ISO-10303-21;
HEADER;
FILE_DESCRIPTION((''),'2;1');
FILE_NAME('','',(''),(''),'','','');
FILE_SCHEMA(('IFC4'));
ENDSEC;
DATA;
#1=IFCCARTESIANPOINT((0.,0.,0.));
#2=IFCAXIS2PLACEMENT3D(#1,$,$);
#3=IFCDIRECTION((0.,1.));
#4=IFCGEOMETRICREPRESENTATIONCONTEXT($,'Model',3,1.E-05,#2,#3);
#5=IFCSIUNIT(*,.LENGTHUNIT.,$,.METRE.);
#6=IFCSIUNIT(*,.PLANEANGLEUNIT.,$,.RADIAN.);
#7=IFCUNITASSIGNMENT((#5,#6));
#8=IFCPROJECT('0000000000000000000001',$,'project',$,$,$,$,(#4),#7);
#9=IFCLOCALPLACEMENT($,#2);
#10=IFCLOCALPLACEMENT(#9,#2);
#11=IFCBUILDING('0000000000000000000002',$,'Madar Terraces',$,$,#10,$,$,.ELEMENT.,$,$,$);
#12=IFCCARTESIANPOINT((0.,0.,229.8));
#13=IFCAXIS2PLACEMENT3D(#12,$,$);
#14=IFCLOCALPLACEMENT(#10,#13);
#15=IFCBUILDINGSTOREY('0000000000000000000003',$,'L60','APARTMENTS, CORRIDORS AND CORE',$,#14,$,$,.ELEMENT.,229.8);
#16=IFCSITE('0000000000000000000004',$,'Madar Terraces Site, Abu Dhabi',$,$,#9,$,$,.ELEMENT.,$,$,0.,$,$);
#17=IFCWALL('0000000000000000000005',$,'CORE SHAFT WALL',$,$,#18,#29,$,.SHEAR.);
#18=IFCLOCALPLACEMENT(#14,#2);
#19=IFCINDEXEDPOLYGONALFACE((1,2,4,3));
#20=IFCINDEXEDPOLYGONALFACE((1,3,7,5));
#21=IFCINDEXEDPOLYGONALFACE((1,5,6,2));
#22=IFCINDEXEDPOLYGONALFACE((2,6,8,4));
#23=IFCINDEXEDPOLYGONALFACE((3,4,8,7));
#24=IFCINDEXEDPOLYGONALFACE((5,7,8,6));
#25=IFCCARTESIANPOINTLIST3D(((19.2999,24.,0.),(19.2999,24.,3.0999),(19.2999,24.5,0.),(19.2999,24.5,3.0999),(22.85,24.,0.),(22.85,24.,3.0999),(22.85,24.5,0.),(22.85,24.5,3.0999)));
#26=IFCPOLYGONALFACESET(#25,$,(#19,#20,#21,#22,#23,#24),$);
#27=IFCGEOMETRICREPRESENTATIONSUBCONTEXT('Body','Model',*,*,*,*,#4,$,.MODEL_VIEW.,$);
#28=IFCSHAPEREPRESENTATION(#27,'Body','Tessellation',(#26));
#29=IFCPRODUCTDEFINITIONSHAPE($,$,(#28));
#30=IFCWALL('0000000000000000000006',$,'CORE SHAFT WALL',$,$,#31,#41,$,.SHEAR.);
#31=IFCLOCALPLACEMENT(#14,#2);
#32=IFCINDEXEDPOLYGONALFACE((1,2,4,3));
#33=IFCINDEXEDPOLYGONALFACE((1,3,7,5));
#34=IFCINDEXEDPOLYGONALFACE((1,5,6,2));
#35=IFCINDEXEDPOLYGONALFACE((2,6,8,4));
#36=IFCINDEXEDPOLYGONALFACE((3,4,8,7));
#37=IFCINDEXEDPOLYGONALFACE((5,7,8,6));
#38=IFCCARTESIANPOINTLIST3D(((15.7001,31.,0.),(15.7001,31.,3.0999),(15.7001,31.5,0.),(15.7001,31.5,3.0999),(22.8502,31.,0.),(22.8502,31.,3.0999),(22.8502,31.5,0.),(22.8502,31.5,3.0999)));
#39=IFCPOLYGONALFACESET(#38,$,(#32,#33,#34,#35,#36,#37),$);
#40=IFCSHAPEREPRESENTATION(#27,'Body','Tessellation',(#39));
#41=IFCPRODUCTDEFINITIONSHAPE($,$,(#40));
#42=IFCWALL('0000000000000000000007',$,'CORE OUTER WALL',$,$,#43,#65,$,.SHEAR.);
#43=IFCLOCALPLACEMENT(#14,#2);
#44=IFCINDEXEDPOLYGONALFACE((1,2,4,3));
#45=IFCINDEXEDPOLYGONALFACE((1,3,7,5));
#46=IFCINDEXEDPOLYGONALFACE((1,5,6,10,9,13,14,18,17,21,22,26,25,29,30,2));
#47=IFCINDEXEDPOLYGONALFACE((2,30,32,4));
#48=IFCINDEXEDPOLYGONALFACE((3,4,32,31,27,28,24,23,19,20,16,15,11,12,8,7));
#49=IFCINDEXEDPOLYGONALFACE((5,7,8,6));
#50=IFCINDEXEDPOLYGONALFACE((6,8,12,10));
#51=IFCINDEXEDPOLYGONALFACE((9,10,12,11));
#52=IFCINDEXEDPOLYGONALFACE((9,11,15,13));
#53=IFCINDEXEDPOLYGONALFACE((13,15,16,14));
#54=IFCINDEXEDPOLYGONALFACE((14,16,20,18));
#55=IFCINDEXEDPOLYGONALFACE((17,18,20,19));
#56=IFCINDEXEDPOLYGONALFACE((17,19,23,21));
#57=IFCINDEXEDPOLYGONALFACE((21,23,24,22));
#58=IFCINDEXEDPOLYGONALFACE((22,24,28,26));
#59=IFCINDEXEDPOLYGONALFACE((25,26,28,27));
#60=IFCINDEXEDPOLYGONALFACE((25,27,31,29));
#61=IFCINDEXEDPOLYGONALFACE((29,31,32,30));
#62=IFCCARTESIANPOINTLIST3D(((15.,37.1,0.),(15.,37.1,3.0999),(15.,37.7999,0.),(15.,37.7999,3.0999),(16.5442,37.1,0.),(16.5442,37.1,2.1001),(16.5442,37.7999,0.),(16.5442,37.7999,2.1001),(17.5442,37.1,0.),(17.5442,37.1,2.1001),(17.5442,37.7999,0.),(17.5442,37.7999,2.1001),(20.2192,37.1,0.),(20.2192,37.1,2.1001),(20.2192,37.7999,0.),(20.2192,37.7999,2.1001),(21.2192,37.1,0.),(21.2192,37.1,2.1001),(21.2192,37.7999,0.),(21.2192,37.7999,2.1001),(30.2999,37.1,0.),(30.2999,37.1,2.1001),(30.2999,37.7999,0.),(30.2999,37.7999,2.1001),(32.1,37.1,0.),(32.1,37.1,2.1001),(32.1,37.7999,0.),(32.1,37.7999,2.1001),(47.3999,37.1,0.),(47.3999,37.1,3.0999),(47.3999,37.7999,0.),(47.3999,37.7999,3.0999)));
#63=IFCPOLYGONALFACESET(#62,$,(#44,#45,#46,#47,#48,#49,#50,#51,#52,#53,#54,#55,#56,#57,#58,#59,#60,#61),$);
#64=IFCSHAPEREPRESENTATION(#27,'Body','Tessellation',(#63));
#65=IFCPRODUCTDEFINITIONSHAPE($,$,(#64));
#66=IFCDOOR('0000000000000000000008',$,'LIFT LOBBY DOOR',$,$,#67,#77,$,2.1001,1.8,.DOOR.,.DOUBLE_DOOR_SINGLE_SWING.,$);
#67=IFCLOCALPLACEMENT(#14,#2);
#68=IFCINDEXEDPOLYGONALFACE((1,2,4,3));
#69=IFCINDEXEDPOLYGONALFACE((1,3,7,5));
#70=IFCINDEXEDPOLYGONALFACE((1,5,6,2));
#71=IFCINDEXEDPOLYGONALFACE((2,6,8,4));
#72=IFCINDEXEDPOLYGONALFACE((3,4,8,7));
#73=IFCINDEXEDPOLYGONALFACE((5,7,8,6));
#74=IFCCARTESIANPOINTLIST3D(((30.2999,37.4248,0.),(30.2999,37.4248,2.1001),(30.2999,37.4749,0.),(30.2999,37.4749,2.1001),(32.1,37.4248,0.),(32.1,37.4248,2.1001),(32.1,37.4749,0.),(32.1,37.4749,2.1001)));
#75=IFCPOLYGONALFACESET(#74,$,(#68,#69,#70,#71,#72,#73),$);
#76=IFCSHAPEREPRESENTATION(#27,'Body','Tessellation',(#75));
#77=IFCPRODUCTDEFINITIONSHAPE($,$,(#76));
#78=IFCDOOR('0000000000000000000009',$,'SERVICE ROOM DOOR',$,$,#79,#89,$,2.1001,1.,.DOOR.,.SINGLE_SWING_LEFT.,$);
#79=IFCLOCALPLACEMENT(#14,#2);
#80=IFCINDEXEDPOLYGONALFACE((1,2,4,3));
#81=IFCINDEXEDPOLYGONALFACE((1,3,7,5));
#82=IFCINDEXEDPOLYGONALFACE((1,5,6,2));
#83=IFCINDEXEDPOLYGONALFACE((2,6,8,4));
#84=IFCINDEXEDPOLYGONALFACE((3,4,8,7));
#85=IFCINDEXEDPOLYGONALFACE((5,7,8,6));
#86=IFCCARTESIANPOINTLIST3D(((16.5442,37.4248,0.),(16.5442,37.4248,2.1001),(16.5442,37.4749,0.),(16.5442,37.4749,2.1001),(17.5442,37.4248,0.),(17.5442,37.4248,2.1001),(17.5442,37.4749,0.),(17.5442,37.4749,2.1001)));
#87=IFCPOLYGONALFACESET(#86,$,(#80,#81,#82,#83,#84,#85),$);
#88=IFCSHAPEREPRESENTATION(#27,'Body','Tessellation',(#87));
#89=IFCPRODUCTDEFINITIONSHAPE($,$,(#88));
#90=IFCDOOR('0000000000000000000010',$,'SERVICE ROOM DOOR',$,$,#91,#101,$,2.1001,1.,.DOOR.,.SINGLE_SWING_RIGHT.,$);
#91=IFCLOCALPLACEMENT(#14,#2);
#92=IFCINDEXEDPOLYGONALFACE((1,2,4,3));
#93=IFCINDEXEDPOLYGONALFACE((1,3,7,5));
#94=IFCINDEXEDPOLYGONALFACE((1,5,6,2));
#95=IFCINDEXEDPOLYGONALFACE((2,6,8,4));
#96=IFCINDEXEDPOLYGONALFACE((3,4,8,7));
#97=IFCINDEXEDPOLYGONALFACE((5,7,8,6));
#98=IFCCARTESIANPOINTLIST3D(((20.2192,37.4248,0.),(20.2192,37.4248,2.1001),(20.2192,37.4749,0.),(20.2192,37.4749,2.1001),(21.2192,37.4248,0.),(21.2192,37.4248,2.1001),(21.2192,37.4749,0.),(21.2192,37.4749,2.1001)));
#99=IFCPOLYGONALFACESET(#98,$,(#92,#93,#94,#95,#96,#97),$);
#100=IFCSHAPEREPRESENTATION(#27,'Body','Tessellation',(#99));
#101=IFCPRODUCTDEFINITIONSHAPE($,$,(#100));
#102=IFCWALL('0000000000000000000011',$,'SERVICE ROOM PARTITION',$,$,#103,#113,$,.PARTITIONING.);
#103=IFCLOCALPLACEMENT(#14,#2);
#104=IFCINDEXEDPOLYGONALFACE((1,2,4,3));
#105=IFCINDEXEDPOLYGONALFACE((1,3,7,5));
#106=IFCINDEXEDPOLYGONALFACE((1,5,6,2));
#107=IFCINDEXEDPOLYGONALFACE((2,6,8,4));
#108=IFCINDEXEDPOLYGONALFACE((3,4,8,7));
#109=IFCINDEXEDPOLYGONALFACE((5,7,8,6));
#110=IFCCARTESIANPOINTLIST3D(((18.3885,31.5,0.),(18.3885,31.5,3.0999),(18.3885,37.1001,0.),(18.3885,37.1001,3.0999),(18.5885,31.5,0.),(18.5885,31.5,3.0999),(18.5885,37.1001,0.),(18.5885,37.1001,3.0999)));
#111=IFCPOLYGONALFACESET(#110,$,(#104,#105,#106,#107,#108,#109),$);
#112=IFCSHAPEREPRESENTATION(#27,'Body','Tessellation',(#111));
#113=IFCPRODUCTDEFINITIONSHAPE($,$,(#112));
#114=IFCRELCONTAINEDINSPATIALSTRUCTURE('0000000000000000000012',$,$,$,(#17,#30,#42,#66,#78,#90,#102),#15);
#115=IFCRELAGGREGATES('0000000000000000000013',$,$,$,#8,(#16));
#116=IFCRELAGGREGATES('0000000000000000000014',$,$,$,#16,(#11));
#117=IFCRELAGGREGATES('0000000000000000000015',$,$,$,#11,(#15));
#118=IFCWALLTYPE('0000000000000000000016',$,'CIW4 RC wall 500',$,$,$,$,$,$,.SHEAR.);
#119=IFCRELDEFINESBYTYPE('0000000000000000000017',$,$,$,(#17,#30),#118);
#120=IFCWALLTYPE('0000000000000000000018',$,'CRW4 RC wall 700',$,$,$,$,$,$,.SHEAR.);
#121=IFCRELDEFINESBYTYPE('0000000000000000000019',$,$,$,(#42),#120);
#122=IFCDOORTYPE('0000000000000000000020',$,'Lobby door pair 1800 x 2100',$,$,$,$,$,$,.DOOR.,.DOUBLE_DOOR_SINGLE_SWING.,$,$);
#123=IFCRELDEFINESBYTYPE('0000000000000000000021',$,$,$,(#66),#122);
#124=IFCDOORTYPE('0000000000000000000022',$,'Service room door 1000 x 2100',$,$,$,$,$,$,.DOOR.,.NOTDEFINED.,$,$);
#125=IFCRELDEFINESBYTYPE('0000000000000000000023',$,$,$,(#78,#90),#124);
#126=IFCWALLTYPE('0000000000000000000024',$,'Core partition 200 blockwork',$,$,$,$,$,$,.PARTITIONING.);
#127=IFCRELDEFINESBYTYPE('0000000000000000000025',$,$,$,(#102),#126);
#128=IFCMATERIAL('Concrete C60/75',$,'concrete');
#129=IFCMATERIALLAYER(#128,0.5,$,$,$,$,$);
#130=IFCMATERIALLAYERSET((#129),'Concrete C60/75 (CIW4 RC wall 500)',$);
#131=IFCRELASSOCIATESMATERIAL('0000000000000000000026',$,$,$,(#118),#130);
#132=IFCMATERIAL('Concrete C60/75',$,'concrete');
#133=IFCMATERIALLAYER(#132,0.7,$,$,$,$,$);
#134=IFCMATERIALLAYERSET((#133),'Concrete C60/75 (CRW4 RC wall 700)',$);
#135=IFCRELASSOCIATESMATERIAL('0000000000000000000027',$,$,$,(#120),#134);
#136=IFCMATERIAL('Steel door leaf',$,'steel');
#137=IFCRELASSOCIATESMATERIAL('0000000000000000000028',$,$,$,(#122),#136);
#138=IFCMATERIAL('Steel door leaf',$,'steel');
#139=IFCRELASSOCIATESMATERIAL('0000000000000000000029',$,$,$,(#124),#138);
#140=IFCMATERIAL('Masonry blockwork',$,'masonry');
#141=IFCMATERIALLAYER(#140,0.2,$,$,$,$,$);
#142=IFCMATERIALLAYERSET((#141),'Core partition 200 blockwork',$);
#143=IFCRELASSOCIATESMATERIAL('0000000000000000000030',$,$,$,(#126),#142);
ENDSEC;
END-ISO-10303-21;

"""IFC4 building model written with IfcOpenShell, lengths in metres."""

from ifc_helpers import new_model, si_unit, direction, frame, frame_2d, origin, place, context, subcontext, project, spatial, rectangle, extrude, material, layer, layer_set, type_object, element, fill, save


model = new_model("IFC4")

# Units and contexts
model_context = context("Model", 3, precision=1e-05, world=origin(), true_north=direction((0.0, 1.0)))
body_context = subcontext(model_context, "Body", "Model", "MODEL_VIEW")
ifc_project = project(units=[si_unit("LENGTHUNIT", "METRE"), si_unit("PLANEANGLEUNIT", "RADIAN")], contexts=[model_context])

# Site, building, storey
site_placement = place(None, origin())
site = spatial("IfcSite", under=ifc_project, at=site_placement, Name="Madar Terraces Site, Abu Dhabi", CompositionType="ELEMENT", RefElevation=0.0)
building_placement = place(site_placement, origin())
building = spatial("IfcBuilding", under=site, at=building_placement, Name="Madar Terraces", CompositionType="ELEMENT")
storey_placement = place(building_placement, frame((0.0, 0.0, 229.8)))
storey = spatial("IfcBuildingStorey", under=building, at=storey_placement, Name="L60", Description="APARTMENTS, CORRIDORS AND CORE", CompositionType="ELEMENT", Elevation=229.8)

# Walls
ifc_material_1 = material(Name="Concrete C60/75", Category="concrete")
ifc_layer_1 = layer(ifc_material_1, 0.5)
ifc_layer_set_1 = layer_set([ifc_layer_1], Name="Concrete C60/75 (CIW4 RC wall 500)")
wall_type_1 = type_object("IfcWallType", Name="CIW4 RC wall 500", PredefinedType="SHEAR", material=ifc_layer_set_1)
wall_1_placement = place(storey_placement, frame((19.3, 24.25, 0.0), z_axis=(0.0, 0.0, 1.0), x_axis=(1.0, 0.0, 0.0)))
element("IfcWall", 1, at=wall_1_placement, inside=storey, type_object=wall_type_1, Name="CORE SHAFT WALL", PredefinedType="SHEAR", context=body_context, shape_type="SweptSolid", body=[
    extrude(rectangle(XDim=3.55, YDim=0.5, at=frame_2d((1.7749, 0.0))), origin(), (0.0, 0.0, 1.0), 3.0999),
])
wall_2_placement = place(storey_placement, frame((15.7, 31.25, 0.0), z_axis=(0.0, 0.0, 1.0), x_axis=(1.0, 0.0, 0.0)))
element("IfcWall", 2, at=wall_2_placement, inside=storey, type_object=wall_type_1, Name="CORE SHAFT WALL", PredefinedType="SHEAR", context=body_context, shape_type="SweptSolid", body=[
    extrude(rectangle(XDim=7.1501, YDim=0.5, at=frame_2d((3.5752, 0.0))), origin(), (0.0, 0.0, 1.0), 3.0999),
])

# Wall, openings, doors
ifc_material_2 = material(Name="Concrete C60/75", Category="concrete")
ifc_layer_2 = layer(ifc_material_2, 0.7)
ifc_layer_set_2 = layer_set([ifc_layer_2], Name="Concrete C60/75 (CRW4 RC wall 700)")
wall_type_2 = type_object("IfcWallType", Name="CRW4 RC wall 700", PredefinedType="SHEAR", material=ifc_layer_set_2)
wall_3_placement = place(storey_placement, frame((15.0, 37.45, 0.0), z_axis=(0.0, 0.0, 1.0), x_axis=(1.0, 0.0, 0.0)))
wall_3 = element("IfcWall", 3, at=wall_3_placement, inside=storey, type_object=wall_type_2, Name="CORE OUTER WALL", PredefinedType="SHEAR", context=body_context, shape_type="SweptSolid", body=[
    extrude(rectangle(XDim=32.3999, YDim=0.7, at=frame_2d((16.2, 0.0))), origin(), (0.0, 0.0, 1.0), 3.0999),
])
opening_1_placement = place(wall_3_placement, frame((15.3, 0.0, 0.0)))
opening_1 = element("IfcOpeningElement", 4, at=opening_1_placement, cuts=wall_3, PredefinedType="OPENING", context=body_context, shape_type="SweptSolid", body=[
    extrude(rectangle(XDim=1.8, YDim=2.1001, at=frame_2d((0.8999, 1.05))), frame((0.0, 0.3599, 0.0), z_axis=(0.0, -1.0, 0.0), x_axis=(1.0, 0.0, 0.0)), (0.0, 0.0, 1.0), 0.72),
])
opening_2_placement = place(wall_3_placement, frame((1.5442, 0.0, 0.0)))
opening_2 = element("IfcOpeningElement", 5, at=opening_2_placement, cuts=wall_3, PredefinedType="OPENING", context=body_context, shape_type="SweptSolid", body=[
    extrude(rectangle(XDim=1.0, YDim=2.1001, at=frame_2d((0.5, 1.05))), frame((0.0, 0.3599, 0.0), z_axis=(0.0, -1.0, 0.0), x_axis=(1.0, 0.0, 0.0)), (0.0, 0.0, 1.0), 0.72),
])
opening_3_placement = place(wall_3_placement, frame((5.2192, 0.0, 0.0)))
opening_3 = element("IfcOpeningElement", 6, at=opening_3_placement, cuts=wall_3, PredefinedType="OPENING", context=body_context, shape_type="SweptSolid", body=[
    extrude(rectangle(XDim=1.0, YDim=2.1001, at=frame_2d((0.5, 1.05))), frame((0.0, 0.3599, 0.0), z_axis=(0.0, -1.0, 0.0), x_axis=(1.0, 0.0, 0.0)), (0.0, 0.0, 1.0), 0.72),
])
ifc_material_3 = material(Name="Steel door leaf", Category="steel")
door_type_1 = type_object("IfcDoorType", Name="Lobby door pair 1800 x 2100", OperationType="DOUBLE_DOOR_SINGLE_SWING", PredefinedType="DOOR", material=ifc_material_3)
door_1_placement = place(opening_1_placement, origin())
door_1 = element("IfcDoor", 7, at=door_1_placement, inside=storey, type_object=door_type_1, Name="LIFT LOBBY DOOR", OperationType="DOUBLE_DOOR_SINGLE_SWING", OverallHeight=2.1001, OverallWidth=1.8, PredefinedType="DOOR", context=body_context, shape_type="SweptSolid", body=[
    extrude(rectangle(XDim=1.8, YDim=2.1001, at=frame_2d((0.8999, 1.05))), frame((0.0, 0.0249, 0.0), z_axis=(0.0, -1.0, 0.0), x_axis=(1.0, 0.0, 0.0)), (0.0, 0.0, 1.0), 0.05),
])
fill(opening_1, door_1)
ifc_material_4 = material(Name="Steel door leaf", Category="steel")
door_type_2 = type_object("IfcDoorType", Name="Service room door 1000 x 2100", OperationType="NOTDEFINED", PredefinedType="DOOR", material=ifc_material_4)
door_2_placement = place(opening_2_placement, origin())
door_2 = element("IfcDoor", 8, at=door_2_placement, inside=storey, type_object=door_type_2, Name="SERVICE ROOM DOOR", OperationType="SINGLE_SWING_LEFT", OverallHeight=2.1001, OverallWidth=1.0, PredefinedType="DOOR", context=body_context, shape_type="SweptSolid", body=[
    extrude(rectangle(XDim=1.0, YDim=2.1001, at=frame_2d((0.5, 1.05))), frame((0.0, 0.0249, 0.0), z_axis=(0.0, -1.0, 0.0), x_axis=(1.0, 0.0, 0.0)), (0.0, 0.0, 1.0), 0.05),
])
fill(opening_2, door_2)
door_3_placement = place(opening_3_placement, origin())
door_3 = element("IfcDoor", 9, at=door_3_placement, inside=storey, type_object=door_type_2, Name="SERVICE ROOM DOOR", OperationType="SINGLE_SWING_RIGHT", OverallHeight=2.1001, OverallWidth=1.0, PredefinedType="DOOR", context=body_context, shape_type="SweptSolid", body=[
    extrude(rectangle(XDim=1.0, YDim=2.1001, at=frame_2d((0.5, 1.05))), frame((0.0, 0.0249, 0.0), z_axis=(0.0, -1.0, 0.0), x_axis=(1.0, 0.0, 0.0)), (0.0, 0.0, 1.0), 0.05),
])
fill(opening_3, door_3)

# Wall
ifc_material_5 = material(Name="Masonry blockwork", Category="masonry")
ifc_layer_3 = layer(ifc_material_5, 0.2)
ifc_layer_set_3 = layer_set([ifc_layer_3], Name="Core partition 200 blockwork")
wall_type_3 = type_object("IfcWallType", Name="Core partition 200 blockwork", PredefinedType="PARTITIONING", material=ifc_layer_set_3)
wall_4_placement = place(storey_placement, frame((18.4885, 31.5, 0.0), z_axis=(0.0, 0.0, 1.0), x_axis=(0.0, 1.0, 0.0)))
element("IfcWall", 10, at=wall_4_placement, inside=storey, type_object=wall_type_3, Name="SERVICE ROOM PARTITION", PredefinedType="PARTITIONING", context=body_context, shape_type="SweptSolid", body=[
    extrude(rectangle(XDim=5.6001, YDim=0.2, at=frame_2d((2.8, 0.0))), origin(), (0.0, 0.0, 1.0), 3.0999),
])

save(model, "model.ifc")
